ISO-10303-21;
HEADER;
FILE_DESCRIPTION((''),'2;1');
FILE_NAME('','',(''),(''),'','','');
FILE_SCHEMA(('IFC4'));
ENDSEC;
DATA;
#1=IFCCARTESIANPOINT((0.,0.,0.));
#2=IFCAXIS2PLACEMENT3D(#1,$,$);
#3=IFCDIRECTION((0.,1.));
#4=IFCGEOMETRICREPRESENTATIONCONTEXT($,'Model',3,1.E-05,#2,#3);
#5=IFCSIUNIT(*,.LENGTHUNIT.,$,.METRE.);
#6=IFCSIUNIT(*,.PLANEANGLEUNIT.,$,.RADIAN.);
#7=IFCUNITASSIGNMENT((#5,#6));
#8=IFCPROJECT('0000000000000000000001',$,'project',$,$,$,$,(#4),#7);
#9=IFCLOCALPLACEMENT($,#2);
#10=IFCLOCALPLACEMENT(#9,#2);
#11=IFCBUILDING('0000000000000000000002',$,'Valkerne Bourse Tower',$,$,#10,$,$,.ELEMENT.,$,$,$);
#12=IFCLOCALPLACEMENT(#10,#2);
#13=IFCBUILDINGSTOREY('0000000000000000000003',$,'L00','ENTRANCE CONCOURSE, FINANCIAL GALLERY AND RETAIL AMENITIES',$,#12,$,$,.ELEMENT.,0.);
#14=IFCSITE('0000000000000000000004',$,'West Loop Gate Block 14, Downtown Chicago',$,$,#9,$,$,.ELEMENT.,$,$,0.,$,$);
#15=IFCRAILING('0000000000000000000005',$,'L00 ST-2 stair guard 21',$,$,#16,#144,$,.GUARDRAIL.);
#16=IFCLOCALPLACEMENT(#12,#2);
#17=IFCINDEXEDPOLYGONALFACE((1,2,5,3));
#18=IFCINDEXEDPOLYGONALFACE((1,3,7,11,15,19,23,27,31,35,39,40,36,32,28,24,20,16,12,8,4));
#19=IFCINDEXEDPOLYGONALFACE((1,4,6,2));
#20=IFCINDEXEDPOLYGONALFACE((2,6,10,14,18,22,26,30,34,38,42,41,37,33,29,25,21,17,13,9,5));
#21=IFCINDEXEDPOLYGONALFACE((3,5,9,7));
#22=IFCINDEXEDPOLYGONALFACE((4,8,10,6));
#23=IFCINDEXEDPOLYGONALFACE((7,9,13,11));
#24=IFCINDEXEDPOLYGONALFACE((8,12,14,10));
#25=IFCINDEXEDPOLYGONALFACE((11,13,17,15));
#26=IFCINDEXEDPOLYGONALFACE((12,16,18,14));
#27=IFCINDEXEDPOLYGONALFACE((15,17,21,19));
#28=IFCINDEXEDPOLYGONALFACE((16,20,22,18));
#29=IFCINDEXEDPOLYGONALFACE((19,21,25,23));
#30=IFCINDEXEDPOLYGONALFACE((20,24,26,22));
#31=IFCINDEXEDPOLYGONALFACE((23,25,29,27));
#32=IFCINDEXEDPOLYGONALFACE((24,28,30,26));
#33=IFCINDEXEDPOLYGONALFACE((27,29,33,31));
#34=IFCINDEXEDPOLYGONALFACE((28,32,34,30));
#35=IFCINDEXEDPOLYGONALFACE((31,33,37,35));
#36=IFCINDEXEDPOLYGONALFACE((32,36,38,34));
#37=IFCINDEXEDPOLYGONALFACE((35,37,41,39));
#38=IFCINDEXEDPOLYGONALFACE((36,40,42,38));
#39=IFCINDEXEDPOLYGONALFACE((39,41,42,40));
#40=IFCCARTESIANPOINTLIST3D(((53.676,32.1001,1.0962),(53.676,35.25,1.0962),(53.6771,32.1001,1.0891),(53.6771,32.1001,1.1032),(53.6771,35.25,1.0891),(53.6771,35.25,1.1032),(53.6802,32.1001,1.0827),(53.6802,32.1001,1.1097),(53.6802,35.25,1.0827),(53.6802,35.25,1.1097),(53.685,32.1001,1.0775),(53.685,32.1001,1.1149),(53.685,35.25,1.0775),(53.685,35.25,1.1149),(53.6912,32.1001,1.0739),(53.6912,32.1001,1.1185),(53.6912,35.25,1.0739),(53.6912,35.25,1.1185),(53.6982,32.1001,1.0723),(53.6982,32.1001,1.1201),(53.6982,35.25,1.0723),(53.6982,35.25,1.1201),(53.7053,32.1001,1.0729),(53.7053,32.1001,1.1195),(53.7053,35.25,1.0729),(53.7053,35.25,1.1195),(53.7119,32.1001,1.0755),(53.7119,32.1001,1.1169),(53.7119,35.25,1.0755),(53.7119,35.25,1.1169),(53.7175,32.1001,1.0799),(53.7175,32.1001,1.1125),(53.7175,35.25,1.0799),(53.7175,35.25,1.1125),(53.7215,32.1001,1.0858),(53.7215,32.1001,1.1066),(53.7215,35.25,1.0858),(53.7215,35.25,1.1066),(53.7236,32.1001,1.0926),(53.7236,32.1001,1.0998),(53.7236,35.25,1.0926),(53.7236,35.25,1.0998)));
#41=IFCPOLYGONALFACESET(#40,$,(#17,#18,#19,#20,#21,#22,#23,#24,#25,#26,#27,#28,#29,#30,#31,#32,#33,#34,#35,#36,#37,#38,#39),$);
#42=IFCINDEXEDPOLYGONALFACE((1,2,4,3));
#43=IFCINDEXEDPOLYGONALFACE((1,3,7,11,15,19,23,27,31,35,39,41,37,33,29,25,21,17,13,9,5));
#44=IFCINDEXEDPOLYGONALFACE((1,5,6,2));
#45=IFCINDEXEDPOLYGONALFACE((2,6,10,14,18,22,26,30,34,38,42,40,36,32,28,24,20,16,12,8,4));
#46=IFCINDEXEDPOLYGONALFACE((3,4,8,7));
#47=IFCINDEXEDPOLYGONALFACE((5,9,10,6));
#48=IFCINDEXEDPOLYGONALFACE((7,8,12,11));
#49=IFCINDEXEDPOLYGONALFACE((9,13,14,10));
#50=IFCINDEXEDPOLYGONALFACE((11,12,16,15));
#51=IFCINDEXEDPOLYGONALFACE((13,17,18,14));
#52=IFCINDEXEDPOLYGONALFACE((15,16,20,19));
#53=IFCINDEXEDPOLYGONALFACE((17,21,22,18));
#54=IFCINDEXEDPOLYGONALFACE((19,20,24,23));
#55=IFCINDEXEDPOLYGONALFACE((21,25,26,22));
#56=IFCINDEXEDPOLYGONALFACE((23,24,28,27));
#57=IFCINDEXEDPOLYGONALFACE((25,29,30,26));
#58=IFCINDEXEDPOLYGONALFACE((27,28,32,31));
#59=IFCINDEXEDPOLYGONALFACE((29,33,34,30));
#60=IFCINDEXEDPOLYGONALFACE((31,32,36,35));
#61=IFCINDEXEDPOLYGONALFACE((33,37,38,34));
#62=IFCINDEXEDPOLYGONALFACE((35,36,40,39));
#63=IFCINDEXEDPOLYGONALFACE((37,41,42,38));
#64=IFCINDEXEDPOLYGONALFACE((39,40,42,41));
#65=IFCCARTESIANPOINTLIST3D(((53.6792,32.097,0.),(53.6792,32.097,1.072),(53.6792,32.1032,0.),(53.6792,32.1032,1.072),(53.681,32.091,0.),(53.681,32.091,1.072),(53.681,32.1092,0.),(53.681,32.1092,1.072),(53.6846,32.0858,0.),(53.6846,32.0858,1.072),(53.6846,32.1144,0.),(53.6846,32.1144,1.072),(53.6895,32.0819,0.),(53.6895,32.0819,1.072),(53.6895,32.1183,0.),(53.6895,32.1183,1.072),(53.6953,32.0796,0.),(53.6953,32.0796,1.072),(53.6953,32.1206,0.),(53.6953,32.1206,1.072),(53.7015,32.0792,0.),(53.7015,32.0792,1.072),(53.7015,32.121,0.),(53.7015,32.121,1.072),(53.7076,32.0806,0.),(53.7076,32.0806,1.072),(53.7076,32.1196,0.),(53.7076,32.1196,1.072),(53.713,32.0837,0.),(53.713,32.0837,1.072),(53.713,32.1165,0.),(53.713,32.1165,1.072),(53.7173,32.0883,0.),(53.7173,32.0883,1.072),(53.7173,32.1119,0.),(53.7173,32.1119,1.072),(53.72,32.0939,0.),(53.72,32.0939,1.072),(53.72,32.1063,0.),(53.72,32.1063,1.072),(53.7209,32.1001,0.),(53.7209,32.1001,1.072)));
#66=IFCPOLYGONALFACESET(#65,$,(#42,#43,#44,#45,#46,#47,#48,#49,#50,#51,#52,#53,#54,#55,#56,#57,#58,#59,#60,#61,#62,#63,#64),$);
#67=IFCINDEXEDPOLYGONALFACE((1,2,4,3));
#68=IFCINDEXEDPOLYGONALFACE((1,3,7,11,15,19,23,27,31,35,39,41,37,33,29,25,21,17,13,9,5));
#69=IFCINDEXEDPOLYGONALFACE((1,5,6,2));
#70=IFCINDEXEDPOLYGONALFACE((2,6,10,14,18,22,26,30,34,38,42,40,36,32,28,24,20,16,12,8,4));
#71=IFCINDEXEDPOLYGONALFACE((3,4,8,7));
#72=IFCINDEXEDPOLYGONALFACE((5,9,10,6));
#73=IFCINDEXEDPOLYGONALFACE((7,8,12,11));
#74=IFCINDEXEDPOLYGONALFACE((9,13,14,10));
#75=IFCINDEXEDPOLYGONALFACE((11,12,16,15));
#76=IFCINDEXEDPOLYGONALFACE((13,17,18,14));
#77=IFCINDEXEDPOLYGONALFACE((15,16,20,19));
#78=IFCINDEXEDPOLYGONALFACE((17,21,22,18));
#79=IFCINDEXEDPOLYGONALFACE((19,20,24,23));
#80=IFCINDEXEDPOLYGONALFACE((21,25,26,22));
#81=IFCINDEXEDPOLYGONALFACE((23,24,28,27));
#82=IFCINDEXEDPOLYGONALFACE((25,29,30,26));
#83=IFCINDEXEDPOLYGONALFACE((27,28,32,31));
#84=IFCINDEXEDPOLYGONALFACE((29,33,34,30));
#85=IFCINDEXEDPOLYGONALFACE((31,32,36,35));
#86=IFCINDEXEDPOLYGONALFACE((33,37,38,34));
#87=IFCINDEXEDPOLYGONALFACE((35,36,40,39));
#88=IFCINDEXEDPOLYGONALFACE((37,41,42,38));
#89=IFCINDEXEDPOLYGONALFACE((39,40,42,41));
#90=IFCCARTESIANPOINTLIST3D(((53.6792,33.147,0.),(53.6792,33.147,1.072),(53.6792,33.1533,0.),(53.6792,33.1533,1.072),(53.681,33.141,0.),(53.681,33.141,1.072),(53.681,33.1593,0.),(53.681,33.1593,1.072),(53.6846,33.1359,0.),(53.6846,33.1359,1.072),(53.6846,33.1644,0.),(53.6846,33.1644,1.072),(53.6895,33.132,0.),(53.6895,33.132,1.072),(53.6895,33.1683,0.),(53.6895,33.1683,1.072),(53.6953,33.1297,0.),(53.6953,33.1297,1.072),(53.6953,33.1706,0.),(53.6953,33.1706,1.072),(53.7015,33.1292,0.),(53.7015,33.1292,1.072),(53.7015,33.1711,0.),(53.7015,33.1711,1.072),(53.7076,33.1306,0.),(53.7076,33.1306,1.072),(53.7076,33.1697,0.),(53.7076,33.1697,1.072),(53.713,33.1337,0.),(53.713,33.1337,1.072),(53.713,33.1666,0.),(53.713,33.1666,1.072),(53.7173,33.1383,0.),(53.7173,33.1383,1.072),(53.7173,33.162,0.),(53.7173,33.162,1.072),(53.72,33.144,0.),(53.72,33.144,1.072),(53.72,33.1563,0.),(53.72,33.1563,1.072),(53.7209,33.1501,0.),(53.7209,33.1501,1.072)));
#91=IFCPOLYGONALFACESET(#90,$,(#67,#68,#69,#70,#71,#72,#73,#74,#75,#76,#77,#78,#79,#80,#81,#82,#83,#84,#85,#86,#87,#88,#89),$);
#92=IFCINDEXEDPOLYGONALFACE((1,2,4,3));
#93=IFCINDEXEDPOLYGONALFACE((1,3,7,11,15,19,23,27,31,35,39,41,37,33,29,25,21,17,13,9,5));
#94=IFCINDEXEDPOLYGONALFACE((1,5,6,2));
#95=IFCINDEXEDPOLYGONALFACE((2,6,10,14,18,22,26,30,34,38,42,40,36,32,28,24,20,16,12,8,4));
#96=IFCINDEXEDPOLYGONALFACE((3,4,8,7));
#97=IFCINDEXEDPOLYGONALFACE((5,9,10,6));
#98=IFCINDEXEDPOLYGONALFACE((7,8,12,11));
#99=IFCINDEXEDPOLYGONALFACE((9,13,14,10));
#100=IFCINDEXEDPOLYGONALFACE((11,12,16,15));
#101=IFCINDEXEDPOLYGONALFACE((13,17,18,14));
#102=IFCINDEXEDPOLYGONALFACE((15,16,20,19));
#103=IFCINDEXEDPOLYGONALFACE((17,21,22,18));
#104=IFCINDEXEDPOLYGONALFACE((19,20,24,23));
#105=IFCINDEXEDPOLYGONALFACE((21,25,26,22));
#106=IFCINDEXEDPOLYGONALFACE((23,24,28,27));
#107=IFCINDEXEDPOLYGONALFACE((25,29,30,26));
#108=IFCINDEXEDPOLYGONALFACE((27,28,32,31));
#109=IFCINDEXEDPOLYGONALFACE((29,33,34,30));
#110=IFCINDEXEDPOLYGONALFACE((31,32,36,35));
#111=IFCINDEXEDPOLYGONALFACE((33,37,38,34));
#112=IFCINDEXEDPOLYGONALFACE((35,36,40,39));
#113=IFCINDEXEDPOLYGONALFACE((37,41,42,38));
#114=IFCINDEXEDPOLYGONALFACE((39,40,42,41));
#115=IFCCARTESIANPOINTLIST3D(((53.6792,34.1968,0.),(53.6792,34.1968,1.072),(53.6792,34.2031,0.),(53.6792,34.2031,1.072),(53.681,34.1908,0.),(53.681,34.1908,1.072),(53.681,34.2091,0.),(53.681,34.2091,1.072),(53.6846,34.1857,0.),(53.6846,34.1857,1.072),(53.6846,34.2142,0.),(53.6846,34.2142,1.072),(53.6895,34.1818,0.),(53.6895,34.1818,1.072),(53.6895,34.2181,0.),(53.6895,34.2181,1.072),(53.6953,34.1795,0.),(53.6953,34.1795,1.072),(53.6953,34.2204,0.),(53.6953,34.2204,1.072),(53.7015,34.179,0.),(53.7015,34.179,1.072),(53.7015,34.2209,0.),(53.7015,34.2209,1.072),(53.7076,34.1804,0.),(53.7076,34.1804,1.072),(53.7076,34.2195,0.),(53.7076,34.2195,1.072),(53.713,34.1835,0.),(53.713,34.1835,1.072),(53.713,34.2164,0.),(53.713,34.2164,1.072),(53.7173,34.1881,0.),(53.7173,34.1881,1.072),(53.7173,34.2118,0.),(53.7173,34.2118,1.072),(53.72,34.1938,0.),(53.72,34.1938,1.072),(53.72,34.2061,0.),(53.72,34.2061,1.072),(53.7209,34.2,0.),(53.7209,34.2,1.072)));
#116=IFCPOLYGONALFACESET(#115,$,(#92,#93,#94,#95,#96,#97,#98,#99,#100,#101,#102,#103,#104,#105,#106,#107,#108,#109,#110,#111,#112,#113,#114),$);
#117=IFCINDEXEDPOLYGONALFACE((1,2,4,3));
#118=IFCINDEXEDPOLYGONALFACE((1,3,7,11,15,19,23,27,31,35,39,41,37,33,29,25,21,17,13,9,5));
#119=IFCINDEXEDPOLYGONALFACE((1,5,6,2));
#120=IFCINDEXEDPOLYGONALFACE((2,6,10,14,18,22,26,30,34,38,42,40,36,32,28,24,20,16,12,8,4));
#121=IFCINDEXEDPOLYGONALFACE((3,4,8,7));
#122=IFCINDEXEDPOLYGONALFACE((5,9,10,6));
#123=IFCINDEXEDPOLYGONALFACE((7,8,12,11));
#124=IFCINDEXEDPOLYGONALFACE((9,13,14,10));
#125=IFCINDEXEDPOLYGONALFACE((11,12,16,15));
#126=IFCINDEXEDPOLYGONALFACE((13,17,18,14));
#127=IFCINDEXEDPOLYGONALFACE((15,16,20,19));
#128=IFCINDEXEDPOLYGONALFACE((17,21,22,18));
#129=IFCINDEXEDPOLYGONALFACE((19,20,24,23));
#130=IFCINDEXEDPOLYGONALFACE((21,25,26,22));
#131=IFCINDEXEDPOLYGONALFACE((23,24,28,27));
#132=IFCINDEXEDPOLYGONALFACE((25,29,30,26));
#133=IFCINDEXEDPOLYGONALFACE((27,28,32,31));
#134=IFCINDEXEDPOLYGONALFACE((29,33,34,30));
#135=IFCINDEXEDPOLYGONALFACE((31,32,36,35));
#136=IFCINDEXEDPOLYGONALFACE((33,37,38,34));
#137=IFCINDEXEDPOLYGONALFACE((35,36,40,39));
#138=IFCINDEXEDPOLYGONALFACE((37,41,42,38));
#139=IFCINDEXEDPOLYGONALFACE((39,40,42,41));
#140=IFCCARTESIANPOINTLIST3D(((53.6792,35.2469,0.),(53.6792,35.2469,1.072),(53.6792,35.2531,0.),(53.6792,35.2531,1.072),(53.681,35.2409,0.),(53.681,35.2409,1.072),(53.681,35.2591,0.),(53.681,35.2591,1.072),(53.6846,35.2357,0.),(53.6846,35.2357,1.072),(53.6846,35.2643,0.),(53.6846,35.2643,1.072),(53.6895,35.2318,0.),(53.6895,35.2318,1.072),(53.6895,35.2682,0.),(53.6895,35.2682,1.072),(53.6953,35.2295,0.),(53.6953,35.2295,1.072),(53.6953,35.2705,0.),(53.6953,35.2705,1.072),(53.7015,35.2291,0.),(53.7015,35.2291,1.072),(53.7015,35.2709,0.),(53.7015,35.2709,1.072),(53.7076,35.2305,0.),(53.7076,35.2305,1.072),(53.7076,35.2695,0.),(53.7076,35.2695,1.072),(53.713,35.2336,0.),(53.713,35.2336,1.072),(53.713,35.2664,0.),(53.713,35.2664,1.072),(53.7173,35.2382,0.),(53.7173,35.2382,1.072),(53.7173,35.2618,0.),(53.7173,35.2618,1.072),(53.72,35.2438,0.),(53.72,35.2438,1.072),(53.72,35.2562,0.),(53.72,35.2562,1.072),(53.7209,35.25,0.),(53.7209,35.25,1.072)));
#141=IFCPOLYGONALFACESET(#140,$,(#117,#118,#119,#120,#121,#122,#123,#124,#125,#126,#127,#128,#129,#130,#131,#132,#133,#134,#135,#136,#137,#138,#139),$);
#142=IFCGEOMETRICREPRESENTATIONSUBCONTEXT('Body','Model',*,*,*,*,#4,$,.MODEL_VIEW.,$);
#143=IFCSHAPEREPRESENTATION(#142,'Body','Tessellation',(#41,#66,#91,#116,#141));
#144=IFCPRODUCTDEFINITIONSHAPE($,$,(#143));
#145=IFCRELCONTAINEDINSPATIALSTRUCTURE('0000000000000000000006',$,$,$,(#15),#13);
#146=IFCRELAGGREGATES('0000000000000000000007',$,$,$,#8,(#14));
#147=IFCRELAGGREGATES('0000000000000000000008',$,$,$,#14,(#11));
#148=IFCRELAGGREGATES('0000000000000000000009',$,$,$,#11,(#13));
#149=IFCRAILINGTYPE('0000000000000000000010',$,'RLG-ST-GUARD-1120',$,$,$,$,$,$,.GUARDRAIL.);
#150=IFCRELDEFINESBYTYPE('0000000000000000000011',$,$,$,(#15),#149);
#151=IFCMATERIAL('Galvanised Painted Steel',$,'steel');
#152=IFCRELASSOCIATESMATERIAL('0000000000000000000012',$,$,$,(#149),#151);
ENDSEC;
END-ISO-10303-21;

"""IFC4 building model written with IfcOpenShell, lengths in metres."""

from ifc_helpers import new_model, si_unit, direction, frame, origin, origin_2d, place, context, subcontext, project, spatial, circle, extrude, material, type_object, element, save


model = new_model("IFC4")

# Units and contexts
model_context = context("Model", 3, precision=1e-05, world=origin(), true_north=direction((0.0, 1.0)))
body_context = subcontext(model_context, "Body", "Model", "MODEL_VIEW")
ifc_project = project(units=[si_unit("LENGTHUNIT", "METRE"), si_unit("PLANEANGLEUNIT", "RADIAN")], contexts=[model_context])

# Site, building, storey
site_placement = place(None, origin())
site = spatial("IfcSite", under=ifc_project, at=site_placement, Name="West Loop Gate Block 14, Downtown Chicago", CompositionType="ELEMENT", RefElevation=0.0)
building_placement = place(site_placement, origin())
building = spatial("IfcBuilding", under=site, at=building_placement, Name="Valkerne Bourse Tower", CompositionType="ELEMENT")
storey_placement = place(building_placement, origin())
storey = spatial("IfcBuildingStorey", under=building, at=storey_placement, Name="L00", Description="ENTRANCE CONCOURSE, FINANCIAL GALLERY AND RETAIL AMENITIES", CompositionType="ELEMENT", Elevation=0.0)

# Shared definitions
ifc_material_1 = material(Name="Galvanised Painted Steel", Category="steel")

# Railing
railing_type_1 = type_object("IfcRailingType", Name="RLG-ST-GUARD-1120", PredefinedType="GUARDRAIL", material=ifc_material_1)
railing_1_placement = place(storey_placement, frame((53.7, 32.1001, 0.0)))
element("IfcRailing", 1, at=railing_1_placement, inside=storey, type_object=railing_type_1, Name="L00 ST-2 stair guard 21", PredefinedType="GUARDRAIL", context=body_context, shape_type="SweptSolid", body=[
    extrude(circle(Radius=0.0239, at=origin_2d()), frame((0.0, 0.0, 1.0962), z_axis=(0.0, 1.0, 0.0), x_axis=(-1.0, 0.0, 0.0)), (0.0, 0.0, 1.0), 3.1499),
    extrude(circle(Radius=0.021, at=origin_2d()), origin(), (0.0, 0.0, 1.0), 1.072),
    extrude(circle(Radius=0.021, at=origin_2d()), frame((0.0, 1.05, 0.0)), (0.0, 0.0, 1.0), 1.072),
    extrude(circle(Radius=0.021, at=origin_2d()), frame((0.0, 2.0999, 0.0)), (0.0, 0.0, 1.0), 1.072),
    extrude(circle(Radius=0.021, at=origin_2d()), frame((0.0, 3.1499, 0.0)), (0.0, 0.0, 1.0), 1.072),
])

save(model, "model.ifc")
